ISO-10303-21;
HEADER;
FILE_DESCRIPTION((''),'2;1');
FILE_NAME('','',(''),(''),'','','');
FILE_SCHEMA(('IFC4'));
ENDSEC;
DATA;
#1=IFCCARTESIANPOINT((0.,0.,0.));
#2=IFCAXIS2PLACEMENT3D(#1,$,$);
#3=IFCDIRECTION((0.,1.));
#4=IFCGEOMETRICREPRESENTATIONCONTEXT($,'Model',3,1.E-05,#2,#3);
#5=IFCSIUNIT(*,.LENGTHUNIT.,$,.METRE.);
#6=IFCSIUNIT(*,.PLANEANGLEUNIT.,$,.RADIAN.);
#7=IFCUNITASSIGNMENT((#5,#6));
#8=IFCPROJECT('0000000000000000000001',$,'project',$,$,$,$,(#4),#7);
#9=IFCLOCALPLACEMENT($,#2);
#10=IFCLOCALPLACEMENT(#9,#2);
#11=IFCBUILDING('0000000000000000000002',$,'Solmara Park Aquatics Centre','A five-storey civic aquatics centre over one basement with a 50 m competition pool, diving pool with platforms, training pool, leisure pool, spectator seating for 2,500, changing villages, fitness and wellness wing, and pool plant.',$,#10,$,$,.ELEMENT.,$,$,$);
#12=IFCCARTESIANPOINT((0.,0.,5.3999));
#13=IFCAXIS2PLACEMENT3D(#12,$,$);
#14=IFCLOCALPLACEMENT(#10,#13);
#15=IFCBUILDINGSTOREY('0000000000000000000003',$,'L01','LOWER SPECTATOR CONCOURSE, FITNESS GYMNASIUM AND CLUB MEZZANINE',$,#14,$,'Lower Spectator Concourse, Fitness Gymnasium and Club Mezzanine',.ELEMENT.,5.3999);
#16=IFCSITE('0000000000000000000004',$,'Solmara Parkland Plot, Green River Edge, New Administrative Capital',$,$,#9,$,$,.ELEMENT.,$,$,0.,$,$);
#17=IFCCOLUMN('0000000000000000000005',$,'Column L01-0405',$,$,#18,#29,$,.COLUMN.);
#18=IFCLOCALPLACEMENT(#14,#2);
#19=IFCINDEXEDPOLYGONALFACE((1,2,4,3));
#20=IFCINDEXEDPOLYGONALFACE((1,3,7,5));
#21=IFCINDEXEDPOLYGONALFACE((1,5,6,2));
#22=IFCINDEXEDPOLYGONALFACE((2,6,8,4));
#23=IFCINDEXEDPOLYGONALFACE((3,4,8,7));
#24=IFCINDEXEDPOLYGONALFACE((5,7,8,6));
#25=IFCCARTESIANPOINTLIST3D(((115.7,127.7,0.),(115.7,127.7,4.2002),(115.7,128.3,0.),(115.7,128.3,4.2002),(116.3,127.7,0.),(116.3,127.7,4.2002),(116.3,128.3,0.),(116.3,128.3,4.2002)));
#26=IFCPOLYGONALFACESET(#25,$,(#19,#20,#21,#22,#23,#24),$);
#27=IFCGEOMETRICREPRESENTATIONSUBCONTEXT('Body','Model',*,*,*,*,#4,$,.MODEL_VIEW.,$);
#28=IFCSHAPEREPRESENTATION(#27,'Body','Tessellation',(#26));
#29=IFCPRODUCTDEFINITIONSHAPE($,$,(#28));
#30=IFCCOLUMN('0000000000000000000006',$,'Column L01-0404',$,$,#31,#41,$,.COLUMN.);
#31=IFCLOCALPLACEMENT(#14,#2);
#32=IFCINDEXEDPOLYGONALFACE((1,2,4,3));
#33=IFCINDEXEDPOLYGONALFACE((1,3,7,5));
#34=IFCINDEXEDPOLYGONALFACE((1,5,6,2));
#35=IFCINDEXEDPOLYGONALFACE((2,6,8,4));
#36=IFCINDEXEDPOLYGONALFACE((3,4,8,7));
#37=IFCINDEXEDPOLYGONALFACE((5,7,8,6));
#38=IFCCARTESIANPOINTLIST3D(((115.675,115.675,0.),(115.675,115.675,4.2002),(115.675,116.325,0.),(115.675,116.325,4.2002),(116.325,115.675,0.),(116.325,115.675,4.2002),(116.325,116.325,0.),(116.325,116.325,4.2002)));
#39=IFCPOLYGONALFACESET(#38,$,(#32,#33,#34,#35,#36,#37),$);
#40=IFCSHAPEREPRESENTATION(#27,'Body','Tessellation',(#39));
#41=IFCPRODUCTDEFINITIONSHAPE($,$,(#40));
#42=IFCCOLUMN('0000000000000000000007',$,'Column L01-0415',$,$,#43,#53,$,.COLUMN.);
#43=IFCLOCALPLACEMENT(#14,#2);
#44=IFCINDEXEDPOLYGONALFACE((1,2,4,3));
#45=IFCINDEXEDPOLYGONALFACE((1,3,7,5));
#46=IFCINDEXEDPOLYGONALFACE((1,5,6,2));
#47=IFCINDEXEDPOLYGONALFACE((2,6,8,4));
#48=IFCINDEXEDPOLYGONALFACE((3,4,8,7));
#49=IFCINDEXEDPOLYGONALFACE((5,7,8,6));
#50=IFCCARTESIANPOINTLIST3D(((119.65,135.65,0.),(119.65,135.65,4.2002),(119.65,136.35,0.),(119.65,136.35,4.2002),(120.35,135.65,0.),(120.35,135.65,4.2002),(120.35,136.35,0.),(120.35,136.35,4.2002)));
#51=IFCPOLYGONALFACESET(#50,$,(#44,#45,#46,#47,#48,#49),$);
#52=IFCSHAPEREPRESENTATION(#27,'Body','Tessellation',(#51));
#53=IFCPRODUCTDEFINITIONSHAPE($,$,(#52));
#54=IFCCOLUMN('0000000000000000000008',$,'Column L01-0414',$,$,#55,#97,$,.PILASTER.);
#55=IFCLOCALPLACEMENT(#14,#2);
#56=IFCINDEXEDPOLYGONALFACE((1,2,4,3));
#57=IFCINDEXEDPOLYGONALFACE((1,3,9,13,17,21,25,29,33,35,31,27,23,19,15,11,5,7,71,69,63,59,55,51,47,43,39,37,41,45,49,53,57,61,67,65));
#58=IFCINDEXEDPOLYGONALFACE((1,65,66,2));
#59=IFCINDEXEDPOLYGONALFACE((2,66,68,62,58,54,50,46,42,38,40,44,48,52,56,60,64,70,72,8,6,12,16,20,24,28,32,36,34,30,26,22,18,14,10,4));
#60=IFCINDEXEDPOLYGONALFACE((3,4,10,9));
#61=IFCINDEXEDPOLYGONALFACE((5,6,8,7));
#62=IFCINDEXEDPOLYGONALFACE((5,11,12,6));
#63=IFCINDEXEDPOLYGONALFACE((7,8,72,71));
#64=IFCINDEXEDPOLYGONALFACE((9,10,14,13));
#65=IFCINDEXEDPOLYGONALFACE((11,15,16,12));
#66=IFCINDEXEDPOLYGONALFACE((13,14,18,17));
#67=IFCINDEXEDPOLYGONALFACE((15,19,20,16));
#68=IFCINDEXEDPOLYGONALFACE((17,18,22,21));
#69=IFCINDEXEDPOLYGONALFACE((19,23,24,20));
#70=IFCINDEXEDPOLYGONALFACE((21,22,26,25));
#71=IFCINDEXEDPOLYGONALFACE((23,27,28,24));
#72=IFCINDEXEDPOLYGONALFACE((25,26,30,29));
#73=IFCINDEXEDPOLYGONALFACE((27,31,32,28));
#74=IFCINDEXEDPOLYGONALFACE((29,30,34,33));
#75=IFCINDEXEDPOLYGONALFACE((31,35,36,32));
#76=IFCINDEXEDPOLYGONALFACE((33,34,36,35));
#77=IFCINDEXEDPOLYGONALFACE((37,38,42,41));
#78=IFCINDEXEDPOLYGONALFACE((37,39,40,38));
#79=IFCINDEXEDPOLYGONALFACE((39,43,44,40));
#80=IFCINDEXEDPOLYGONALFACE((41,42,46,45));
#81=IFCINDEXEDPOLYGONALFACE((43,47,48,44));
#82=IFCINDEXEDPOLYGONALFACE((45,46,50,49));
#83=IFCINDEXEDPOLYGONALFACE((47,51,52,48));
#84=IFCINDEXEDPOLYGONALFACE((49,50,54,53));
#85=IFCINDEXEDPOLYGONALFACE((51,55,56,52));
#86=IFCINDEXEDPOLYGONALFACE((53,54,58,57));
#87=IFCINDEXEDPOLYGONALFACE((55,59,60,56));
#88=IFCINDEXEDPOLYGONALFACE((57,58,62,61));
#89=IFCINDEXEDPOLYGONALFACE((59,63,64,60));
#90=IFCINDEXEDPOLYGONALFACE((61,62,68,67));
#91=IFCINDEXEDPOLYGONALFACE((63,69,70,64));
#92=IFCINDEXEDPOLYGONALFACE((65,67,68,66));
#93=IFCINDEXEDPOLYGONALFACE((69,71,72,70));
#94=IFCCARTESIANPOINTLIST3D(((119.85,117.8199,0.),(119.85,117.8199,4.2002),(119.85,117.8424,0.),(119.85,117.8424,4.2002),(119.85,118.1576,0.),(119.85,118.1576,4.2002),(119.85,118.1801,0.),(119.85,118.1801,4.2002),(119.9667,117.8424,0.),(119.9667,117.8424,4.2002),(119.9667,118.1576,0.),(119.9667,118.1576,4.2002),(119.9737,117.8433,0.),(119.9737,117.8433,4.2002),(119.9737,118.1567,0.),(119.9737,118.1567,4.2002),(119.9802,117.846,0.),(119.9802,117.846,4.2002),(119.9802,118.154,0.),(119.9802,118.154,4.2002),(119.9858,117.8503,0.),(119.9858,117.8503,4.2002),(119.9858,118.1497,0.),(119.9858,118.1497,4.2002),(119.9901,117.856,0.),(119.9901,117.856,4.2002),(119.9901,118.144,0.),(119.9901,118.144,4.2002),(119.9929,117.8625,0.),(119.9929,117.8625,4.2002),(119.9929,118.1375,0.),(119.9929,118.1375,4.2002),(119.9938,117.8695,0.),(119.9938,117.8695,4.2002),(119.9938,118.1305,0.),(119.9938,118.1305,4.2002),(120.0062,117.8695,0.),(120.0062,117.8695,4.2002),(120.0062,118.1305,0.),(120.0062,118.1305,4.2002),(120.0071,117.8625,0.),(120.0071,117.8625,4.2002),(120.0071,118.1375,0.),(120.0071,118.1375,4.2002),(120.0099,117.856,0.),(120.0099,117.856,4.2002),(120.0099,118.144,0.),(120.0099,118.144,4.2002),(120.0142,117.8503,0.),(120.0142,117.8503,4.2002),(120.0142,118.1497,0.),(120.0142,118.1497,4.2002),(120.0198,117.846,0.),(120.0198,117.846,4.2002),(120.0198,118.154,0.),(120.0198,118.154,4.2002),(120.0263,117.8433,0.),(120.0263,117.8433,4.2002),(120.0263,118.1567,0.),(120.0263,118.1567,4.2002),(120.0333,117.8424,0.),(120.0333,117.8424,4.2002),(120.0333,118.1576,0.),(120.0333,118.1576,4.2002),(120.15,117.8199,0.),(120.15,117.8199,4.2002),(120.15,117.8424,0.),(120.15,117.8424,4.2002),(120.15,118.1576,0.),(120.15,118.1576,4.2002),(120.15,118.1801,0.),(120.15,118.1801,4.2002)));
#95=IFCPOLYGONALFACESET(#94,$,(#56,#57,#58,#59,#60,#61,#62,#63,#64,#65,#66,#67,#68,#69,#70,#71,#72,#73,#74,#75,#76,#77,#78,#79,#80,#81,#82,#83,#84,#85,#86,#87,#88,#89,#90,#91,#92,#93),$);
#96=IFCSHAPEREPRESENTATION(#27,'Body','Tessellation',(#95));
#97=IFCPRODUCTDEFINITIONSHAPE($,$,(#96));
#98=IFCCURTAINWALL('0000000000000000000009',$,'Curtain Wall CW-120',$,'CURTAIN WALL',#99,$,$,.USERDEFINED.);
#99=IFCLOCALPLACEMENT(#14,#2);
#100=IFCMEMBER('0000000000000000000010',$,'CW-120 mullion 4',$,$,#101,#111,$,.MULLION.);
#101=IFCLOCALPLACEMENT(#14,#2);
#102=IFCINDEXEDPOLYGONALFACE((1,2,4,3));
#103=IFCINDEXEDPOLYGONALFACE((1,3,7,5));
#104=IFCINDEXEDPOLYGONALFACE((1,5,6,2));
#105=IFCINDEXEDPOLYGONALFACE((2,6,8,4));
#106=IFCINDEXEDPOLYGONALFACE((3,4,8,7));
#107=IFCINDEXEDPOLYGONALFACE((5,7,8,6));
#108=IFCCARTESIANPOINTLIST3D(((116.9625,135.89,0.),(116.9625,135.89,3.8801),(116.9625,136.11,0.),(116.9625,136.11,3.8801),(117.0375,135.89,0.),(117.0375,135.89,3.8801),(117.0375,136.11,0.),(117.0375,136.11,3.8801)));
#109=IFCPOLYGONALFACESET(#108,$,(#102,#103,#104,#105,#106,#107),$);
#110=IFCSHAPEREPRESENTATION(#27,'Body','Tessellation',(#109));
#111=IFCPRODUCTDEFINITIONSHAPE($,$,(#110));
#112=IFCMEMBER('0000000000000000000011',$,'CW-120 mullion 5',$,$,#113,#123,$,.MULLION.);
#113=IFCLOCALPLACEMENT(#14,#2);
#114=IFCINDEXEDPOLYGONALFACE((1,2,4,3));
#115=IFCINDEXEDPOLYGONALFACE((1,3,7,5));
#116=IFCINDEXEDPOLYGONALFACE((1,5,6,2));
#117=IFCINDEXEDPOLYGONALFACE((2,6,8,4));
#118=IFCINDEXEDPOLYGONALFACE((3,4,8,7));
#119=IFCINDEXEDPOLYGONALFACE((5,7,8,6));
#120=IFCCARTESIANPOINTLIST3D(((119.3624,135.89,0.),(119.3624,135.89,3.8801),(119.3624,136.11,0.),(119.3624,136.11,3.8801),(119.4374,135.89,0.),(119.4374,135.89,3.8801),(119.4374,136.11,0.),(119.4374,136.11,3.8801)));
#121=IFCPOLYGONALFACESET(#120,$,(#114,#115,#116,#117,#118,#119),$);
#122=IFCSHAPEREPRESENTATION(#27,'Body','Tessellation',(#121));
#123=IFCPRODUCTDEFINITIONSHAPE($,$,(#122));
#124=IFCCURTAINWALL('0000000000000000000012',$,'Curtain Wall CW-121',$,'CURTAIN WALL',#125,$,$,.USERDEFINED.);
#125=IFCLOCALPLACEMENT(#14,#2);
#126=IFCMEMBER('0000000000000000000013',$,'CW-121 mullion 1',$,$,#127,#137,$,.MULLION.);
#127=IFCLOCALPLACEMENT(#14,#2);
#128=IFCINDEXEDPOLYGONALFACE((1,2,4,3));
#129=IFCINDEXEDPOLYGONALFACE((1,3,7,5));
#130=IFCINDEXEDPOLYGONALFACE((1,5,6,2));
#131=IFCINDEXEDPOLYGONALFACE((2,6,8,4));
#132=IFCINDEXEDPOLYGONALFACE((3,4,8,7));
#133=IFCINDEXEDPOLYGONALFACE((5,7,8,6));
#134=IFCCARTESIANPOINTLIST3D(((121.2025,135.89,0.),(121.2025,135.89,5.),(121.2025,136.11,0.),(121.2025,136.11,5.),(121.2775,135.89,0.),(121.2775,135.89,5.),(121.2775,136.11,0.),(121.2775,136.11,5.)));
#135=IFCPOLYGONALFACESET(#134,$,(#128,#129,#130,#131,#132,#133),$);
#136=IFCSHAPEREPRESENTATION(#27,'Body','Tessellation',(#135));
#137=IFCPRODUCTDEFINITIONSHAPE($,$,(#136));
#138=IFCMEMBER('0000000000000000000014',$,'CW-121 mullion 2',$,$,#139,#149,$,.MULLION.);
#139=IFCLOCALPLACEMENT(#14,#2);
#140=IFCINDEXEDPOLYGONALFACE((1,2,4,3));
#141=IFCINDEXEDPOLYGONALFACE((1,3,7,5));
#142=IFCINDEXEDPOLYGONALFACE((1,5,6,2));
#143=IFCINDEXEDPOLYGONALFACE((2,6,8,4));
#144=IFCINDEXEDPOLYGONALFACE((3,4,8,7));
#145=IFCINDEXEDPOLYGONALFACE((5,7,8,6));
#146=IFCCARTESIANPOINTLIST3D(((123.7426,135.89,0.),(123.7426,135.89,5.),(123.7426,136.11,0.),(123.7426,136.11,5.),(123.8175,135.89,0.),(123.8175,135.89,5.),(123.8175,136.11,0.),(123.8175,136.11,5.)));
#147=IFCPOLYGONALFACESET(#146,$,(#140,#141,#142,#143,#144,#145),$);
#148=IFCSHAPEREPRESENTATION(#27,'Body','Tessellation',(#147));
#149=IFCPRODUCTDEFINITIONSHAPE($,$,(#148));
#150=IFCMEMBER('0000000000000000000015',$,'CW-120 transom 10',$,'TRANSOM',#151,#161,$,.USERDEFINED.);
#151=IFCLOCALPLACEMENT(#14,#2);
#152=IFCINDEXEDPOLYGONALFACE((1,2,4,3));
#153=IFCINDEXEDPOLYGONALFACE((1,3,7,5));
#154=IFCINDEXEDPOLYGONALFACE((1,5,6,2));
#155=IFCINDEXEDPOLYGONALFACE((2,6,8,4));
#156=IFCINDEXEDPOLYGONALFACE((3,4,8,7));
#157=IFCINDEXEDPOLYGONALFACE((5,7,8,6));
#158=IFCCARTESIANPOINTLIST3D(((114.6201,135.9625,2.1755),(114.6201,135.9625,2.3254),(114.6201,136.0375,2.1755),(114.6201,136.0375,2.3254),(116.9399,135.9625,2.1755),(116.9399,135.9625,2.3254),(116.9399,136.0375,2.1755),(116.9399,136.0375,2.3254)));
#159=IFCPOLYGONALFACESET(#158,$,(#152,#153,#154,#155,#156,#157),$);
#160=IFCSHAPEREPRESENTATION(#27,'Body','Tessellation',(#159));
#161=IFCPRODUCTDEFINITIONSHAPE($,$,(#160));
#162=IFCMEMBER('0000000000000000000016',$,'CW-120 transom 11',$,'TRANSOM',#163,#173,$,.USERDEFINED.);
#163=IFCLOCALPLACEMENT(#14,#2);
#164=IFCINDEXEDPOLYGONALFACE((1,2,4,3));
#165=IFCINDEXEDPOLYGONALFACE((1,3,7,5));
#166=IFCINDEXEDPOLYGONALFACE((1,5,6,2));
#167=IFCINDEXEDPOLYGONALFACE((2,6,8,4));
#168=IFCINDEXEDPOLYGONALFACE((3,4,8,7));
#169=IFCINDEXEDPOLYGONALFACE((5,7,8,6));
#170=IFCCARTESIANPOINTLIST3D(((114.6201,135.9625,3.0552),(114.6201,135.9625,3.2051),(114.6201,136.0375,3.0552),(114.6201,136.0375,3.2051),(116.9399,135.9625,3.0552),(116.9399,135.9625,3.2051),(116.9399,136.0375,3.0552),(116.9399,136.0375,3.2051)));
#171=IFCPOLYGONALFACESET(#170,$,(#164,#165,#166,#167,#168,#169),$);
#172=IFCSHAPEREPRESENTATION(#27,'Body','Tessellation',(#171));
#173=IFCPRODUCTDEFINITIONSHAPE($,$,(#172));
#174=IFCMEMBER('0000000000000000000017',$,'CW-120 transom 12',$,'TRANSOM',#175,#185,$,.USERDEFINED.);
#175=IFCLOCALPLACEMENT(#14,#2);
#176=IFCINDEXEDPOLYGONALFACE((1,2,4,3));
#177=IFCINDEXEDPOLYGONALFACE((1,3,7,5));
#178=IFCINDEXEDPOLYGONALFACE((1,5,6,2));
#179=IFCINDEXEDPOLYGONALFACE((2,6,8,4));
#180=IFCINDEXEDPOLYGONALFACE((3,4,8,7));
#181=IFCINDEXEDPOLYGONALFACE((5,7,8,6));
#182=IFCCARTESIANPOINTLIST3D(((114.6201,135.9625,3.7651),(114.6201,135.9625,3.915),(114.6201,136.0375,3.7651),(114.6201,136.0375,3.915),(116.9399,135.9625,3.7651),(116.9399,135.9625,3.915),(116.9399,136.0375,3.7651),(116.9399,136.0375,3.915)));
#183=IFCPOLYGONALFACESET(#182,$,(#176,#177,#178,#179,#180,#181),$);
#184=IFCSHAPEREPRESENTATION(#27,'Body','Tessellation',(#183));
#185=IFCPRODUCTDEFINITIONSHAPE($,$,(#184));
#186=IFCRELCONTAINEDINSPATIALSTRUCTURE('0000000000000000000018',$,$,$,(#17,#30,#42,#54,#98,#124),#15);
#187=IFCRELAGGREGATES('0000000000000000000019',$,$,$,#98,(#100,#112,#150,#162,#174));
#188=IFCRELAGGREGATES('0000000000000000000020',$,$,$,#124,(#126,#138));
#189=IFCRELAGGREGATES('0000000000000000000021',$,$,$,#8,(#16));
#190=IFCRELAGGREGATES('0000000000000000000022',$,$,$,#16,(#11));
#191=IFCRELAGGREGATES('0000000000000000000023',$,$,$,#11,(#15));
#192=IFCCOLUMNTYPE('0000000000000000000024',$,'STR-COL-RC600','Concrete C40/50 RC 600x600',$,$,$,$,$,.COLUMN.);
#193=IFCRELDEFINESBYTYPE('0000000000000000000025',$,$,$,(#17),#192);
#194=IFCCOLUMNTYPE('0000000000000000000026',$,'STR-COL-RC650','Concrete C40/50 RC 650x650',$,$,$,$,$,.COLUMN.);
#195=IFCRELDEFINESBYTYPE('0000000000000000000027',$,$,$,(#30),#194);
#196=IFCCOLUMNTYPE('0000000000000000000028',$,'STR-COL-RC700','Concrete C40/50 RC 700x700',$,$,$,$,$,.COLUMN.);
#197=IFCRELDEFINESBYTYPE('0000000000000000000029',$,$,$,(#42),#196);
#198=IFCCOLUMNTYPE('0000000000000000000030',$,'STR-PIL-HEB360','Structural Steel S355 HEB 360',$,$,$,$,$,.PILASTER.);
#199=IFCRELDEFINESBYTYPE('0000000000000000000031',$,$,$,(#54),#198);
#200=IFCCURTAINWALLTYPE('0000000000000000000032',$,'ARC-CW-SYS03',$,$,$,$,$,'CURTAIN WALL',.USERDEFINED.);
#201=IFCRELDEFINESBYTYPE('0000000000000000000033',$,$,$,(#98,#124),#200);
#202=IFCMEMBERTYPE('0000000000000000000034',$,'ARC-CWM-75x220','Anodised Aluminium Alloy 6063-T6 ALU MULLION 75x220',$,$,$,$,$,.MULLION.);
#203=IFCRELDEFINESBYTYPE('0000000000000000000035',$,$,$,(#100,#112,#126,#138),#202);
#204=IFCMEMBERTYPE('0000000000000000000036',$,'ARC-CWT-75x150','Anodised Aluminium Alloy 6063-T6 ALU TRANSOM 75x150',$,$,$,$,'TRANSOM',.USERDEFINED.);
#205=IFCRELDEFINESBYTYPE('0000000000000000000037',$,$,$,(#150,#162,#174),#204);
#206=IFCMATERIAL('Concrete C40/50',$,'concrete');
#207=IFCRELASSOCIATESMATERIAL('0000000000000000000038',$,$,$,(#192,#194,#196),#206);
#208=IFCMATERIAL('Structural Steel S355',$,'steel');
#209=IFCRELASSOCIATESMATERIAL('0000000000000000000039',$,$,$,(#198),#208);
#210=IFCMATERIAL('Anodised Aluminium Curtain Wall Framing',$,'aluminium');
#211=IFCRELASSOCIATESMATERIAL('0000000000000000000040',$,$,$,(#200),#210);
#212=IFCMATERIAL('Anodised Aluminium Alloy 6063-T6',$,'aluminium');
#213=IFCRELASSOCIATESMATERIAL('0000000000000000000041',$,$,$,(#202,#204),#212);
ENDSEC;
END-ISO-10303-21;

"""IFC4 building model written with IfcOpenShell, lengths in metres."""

from ifc_helpers import new_model, si_unit, direction, frame, origin, origin_2d, place, context, subcontext, project, spatial, rectangle, i_section, extrude, material, material_profile, profile_set, type_object, element, aggregate, save


model = new_model("IFC4")

# Units and contexts
model_context = context("Model", 3, precision=1e-05, world=origin(), true_north=direction((0.0, 1.0)))
body_context = subcontext(model_context, "Body", "Model", "MODEL_VIEW")
ifc_project = project(units=[si_unit("LENGTHUNIT", "METRE"), si_unit("PLANEANGLEUNIT", "RADIAN")], contexts=[model_context])

# Site, building, storey
site_placement = place(None, origin())
site = spatial("IfcSite", under=ifc_project, at=site_placement, Name="Solmara Parkland Plot, Green River Edge, New Administrative Capital", CompositionType="ELEMENT", RefElevation=0.0)
building_placement = place(site_placement, origin())
building = spatial("IfcBuilding", under=site, at=building_placement, Name="Solmara Park Aquatics Centre", Description="A five-storey civic aquatics centre over one basement with a 50 m competition pool, diving pool with platforms, training pool, leisure pool, spectator seating for 2,500, changing villages, fitness and wellness wing, and pool plant.", CompositionType="ELEMENT")
storey_placement = place(building_placement, frame((0.0, 0.0, 5.3999)))
storey = spatial("IfcBuildingStorey", under=building, at=storey_placement, Name="L01", Description="LOWER SPECTATOR CONCOURSE, FITNESS GYMNASIUM AND CLUB MEZZANINE", LongName="Lower Spectator Concourse, Fitness Gymnasium and Club Mezzanine", CompositionType="ELEMENT", Elevation=5.3999)

# Columns
ifc_material_1 = material(Name="Concrete C40/50", Category="concrete")
ifc_material_profile_1 = material_profile(ifc_material_1, rectangle(XDim=0.6001, YDim=0.6001, at=origin_2d()), Name="RC 600x600")
ifc_profile_set_1 = profile_set([ifc_material_profile_1], Name="Concrete C40/50")
column_type_1 = type_object("IfcColumnType", Name="STR-COL-RC600", Description="Concrete C40/50 RC 600x600", PredefinedType="COLUMN", material=ifc_profile_set_1)
column_1_placement = place(storey_placement, frame((116.0, 128.0, 0.0), z_axis=(0.0, 0.0, 1.0), x_axis=(1.0, 0.0, 0.0)))
element("IfcColumn", 1, at=column_1_placement, inside=storey, type_object=column_type_1, Name="Column L01-0405", PredefinedType="COLUMN", context=body_context, shape_type="SweptSolid", body=[
    extrude(rectangle(XDim=0.6001, YDim=0.6001, at=origin_2d()), origin(), (0.0, 0.0, 1.0), 4.2002),
])
ifc_material_profile_2 = material_profile(ifc_material_1, rectangle(XDim=0.6499, YDim=0.6499, at=origin_2d()), Name="RC 650x650")
ifc_profile_set_2 = profile_set([ifc_material_profile_2], Name="Concrete C40/50")
column_type_2 = type_object("IfcColumnType", Name="STR-COL-RC650", Description="Concrete C40/50 RC 650x650", PredefinedType="COLUMN", material=ifc_profile_set_2)
column_2_placement = place(storey_placement, frame((116.0, 116.0, 0.0), z_axis=(0.0, 0.0, 1.0), x_axis=(1.0, 0.0, 0.0)))
element("IfcColumn", 2, at=column_2_placement, inside=storey, type_object=column_type_2, Name="Column L01-0404", PredefinedType="COLUMN", context=body_context, shape_type="SweptSolid", body=[
    extrude(rectangle(XDim=0.6499, YDim=0.6499, at=origin_2d()), origin(), (0.0, 0.0, 1.0), 4.2002),
])
ifc_material_profile_3 = material_profile(ifc_material_1, rectangle(XDim=0.7, YDim=0.7, at=origin_2d()), Name="RC 700x700")
ifc_profile_set_3 = profile_set([ifc_material_profile_3], Name="Concrete C40/50")
column_type_3 = type_object("IfcColumnType", Name="STR-COL-RC700", Description="Concrete C40/50 RC 700x700", PredefinedType="COLUMN", material=ifc_profile_set_3)
column_3_placement = place(storey_placement, frame((120.0, 136.0, 0.0), z_axis=(0.0, 0.0, 1.0), x_axis=(1.0, 0.0, 0.0)))
element("IfcColumn", 3, at=column_3_placement, inside=storey, type_object=column_type_3, Name="Column L01-0415", PredefinedType="COLUMN", context=body_context, shape_type="SweptSolid", body=[
    extrude(rectangle(XDim=0.7, YDim=0.7, at=origin_2d()), origin(), (0.0, 0.0, 1.0), 4.2002),
])
ifc_material_2 = material(Name="Structural Steel S355", Category="steel")
ifc_material_profile_4 = material_profile(ifc_material_2, i_section(OverallWidth=0.3, OverallDepth=0.3601, WebThickness=0.0125, FlangeThickness=0.0225, FilletRadius=0.0271, at=origin_2d()), Name="HEB 360")
ifc_profile_set_4 = profile_set([ifc_material_profile_4], Name="Structural Steel S355")
column_type_4 = type_object("IfcColumnType", Name="STR-PIL-HEB360", Description="Structural Steel S355 HEB 360", PredefinedType="PILASTER", material=ifc_profile_set_4)
column_4_placement = place(storey_placement, frame((120.0, 118.0, 0.0), z_axis=(0.0, 0.0, 1.0), x_axis=(1.0, 0.0, 0.0)))
element("IfcColumn", 4, at=column_4_placement, inside=storey, type_object=column_type_4, Name="Column L01-0414", PredefinedType="PILASTER", context=body_context, shape_type="SweptSolid", body=[
    extrude(i_section(OverallWidth=0.3, OverallDepth=0.3601, WebThickness=0.0125, FlangeThickness=0.0225, FilletRadius=0.0271, at=origin_2d()), origin(), (0.0, 0.0, 1.0), 4.2002),
])

# Curtain walls, members
ifc_material_3 = material(Name="Anodised Aluminium Curtain Wall Framing", Category="aluminium")
curtain_wall_type = type_object("IfcCurtainWallType", Name="ARC-CW-SYS03", ElementType="CURTAIN WALL", PredefinedType="USERDEFINED", material=ifc_material_3)
curtain_wall_1_placement = place(storey_placement, origin())
curtain_wall_1 = element("IfcCurtainWall", 5, at=curtain_wall_1_placement, inside=storey, type_object=curtain_wall_type, Name="Curtain Wall CW-120", ObjectType="CURTAIN WALL", PredefinedType="USERDEFINED")
ifc_material_4 = material(Name="Anodised Aluminium Alloy 6063-T6", Category="aluminium")
ifc_material_profile_5 = material_profile(ifc_material_4, rectangle(XDim=0.075, YDim=0.22, at=origin_2d()), Name="ALU MULLION 75x220")
ifc_profile_set_5 = profile_set([ifc_material_profile_5], Name="Anodised Aluminium Alloy 6063-T6")
member_type_1 = type_object("IfcMemberType", Name="ARC-CWM-75x220", Description="Anodised Aluminium Alloy 6063-T6 ALU MULLION 75x220", PredefinedType="MULLION", material=ifc_profile_set_5)
member_1_placement = place(storey_placement, frame((117.0, 136.0, 0.0), z_axis=(0.0, 0.0, 1.0), x_axis=(1.0, 0.0, 0.0)))
member_1 = element("IfcMember", 6, at=member_1_placement, type_object=member_type_1, Name="CW-120 mullion 4", PredefinedType="MULLION", context=body_context, shape_type="SweptSolid", body=[
    extrude(rectangle(XDim=0.075, YDim=0.22, at=origin_2d()), origin(), (0.0, 0.0, 1.0), 3.8801),
])
member_2_placement = place(storey_placement, frame((119.3999, 136.0, 0.0), z_axis=(0.0, 0.0, 1.0), x_axis=(1.0, 0.0, 0.0)))
member_2 = element("IfcMember", 7, at=member_2_placement, type_object=member_type_1, Name="CW-120 mullion 5", PredefinedType="MULLION", context=body_context, shape_type="SweptSolid", body=[
    extrude(rectangle(XDim=0.075, YDim=0.22, at=origin_2d()), origin(), (0.0, 0.0, 1.0), 3.8801),
])
curtain_wall_2_placement = place(storey_placement, origin())
curtain_wall_2 = element("IfcCurtainWall", 8, at=curtain_wall_2_placement, inside=storey, type_object=curtain_wall_type, Name="Curtain Wall CW-121", ObjectType="CURTAIN WALL", PredefinedType="USERDEFINED")
member_3_placement = place(storey_placement, frame((121.24, 136.0, 0.0), z_axis=(0.0, 0.0, 1.0), x_axis=(1.0, 0.0, 0.0)))
member_3 = element("IfcMember", 9, at=member_3_placement, type_object=member_type_1, Name="CW-121 mullion 1", PredefinedType="MULLION", context=body_context, shape_type="SweptSolid", body=[
    extrude(rectangle(XDim=0.075, YDim=0.22, at=origin_2d()), origin(), (0.0, 0.0, 1.0), 5.0),
])
member_4_placement = place(storey_placement, frame((123.78, 136.0, 0.0), z_axis=(0.0, 0.0, 1.0), x_axis=(1.0, 0.0, 0.0)))
member_4 = element("IfcMember", 10, at=member_4_placement, type_object=member_type_1, Name="CW-121 mullion 2", PredefinedType="MULLION", context=body_context, shape_type="SweptSolid", body=[
    extrude(rectangle(XDim=0.075, YDim=0.22, at=origin_2d()), origin(), (0.0, 0.0, 1.0), 5.0),
])

# Members
ifc_material_profile_6 = material_profile(ifc_material_4, rectangle(XDim=0.075, YDim=0.1499, at=origin_2d()), Name="ALU TRANSOM 75x150")
ifc_profile_set_6 = profile_set([ifc_material_profile_6], Name="Anodised Aluminium Alloy 6063-T6")
member_type_2 = type_object("IfcMemberType", Name="ARC-CWT-75x150", Description="Anodised Aluminium Alloy 6063-T6 ALU TRANSOM 75x150", ElementType="TRANSOM", PredefinedType="USERDEFINED", material=ifc_profile_set_6)
member_5_placement = place(storey_placement, frame((114.6201, 136.0, 2.2505), z_axis=(1.0, 0.0, 0.0), x_axis=(0.0, 1.0, 0.0)))
member_5 = element("IfcMember", 11, at=member_5_placement, type_object=member_type_2, Name="CW-120 transom 10", ObjectType="TRANSOM", PredefinedType="USERDEFINED", context=body_context, shape_type="SweptSolid", body=[
    extrude(rectangle(XDim=0.075, YDim=0.1499, at=origin_2d()), origin(), (0.0, 0.0, 1.0), 2.3198),
])
member_6_placement = place(storey_placement, frame((114.6201, 136.0, 3.1301), z_axis=(1.0, 0.0, 0.0), x_axis=(0.0, 1.0, 0.0)))
member_6 = element("IfcMember", 12, at=member_6_placement, type_object=member_type_2, Name="CW-120 transom 11", ObjectType="TRANSOM", PredefinedType="USERDEFINED", context=body_context, shape_type="SweptSolid", body=[
    extrude(rectangle(XDim=0.075, YDim=0.1499, at=origin_2d()), origin(), (0.0, 0.0, 1.0), 2.3198),
])
member_7_placement = place(storey_placement, frame((114.6201, 136.0, 3.8401), z_axis=(1.0, 0.0, 0.0), x_axis=(0.0, 1.0, 0.0)))
member_7 = element("IfcMember", 13, at=member_7_placement, type_object=member_type_2, Name="CW-120 transom 12", ObjectType="TRANSOM", PredefinedType="USERDEFINED", context=body_context, shape_type="SweptSolid", body=[
    extrude(rectangle(XDim=0.075, YDim=0.1499, at=origin_2d()), origin(), (0.0, 0.0, 1.0), 2.3198),
])

aggregate(curtain_wall_1, [member_1, member_2, member_5, member_6, member_7])
aggregate(curtain_wall_2, [member_3, member_4])

save(model, "model.ifc")
